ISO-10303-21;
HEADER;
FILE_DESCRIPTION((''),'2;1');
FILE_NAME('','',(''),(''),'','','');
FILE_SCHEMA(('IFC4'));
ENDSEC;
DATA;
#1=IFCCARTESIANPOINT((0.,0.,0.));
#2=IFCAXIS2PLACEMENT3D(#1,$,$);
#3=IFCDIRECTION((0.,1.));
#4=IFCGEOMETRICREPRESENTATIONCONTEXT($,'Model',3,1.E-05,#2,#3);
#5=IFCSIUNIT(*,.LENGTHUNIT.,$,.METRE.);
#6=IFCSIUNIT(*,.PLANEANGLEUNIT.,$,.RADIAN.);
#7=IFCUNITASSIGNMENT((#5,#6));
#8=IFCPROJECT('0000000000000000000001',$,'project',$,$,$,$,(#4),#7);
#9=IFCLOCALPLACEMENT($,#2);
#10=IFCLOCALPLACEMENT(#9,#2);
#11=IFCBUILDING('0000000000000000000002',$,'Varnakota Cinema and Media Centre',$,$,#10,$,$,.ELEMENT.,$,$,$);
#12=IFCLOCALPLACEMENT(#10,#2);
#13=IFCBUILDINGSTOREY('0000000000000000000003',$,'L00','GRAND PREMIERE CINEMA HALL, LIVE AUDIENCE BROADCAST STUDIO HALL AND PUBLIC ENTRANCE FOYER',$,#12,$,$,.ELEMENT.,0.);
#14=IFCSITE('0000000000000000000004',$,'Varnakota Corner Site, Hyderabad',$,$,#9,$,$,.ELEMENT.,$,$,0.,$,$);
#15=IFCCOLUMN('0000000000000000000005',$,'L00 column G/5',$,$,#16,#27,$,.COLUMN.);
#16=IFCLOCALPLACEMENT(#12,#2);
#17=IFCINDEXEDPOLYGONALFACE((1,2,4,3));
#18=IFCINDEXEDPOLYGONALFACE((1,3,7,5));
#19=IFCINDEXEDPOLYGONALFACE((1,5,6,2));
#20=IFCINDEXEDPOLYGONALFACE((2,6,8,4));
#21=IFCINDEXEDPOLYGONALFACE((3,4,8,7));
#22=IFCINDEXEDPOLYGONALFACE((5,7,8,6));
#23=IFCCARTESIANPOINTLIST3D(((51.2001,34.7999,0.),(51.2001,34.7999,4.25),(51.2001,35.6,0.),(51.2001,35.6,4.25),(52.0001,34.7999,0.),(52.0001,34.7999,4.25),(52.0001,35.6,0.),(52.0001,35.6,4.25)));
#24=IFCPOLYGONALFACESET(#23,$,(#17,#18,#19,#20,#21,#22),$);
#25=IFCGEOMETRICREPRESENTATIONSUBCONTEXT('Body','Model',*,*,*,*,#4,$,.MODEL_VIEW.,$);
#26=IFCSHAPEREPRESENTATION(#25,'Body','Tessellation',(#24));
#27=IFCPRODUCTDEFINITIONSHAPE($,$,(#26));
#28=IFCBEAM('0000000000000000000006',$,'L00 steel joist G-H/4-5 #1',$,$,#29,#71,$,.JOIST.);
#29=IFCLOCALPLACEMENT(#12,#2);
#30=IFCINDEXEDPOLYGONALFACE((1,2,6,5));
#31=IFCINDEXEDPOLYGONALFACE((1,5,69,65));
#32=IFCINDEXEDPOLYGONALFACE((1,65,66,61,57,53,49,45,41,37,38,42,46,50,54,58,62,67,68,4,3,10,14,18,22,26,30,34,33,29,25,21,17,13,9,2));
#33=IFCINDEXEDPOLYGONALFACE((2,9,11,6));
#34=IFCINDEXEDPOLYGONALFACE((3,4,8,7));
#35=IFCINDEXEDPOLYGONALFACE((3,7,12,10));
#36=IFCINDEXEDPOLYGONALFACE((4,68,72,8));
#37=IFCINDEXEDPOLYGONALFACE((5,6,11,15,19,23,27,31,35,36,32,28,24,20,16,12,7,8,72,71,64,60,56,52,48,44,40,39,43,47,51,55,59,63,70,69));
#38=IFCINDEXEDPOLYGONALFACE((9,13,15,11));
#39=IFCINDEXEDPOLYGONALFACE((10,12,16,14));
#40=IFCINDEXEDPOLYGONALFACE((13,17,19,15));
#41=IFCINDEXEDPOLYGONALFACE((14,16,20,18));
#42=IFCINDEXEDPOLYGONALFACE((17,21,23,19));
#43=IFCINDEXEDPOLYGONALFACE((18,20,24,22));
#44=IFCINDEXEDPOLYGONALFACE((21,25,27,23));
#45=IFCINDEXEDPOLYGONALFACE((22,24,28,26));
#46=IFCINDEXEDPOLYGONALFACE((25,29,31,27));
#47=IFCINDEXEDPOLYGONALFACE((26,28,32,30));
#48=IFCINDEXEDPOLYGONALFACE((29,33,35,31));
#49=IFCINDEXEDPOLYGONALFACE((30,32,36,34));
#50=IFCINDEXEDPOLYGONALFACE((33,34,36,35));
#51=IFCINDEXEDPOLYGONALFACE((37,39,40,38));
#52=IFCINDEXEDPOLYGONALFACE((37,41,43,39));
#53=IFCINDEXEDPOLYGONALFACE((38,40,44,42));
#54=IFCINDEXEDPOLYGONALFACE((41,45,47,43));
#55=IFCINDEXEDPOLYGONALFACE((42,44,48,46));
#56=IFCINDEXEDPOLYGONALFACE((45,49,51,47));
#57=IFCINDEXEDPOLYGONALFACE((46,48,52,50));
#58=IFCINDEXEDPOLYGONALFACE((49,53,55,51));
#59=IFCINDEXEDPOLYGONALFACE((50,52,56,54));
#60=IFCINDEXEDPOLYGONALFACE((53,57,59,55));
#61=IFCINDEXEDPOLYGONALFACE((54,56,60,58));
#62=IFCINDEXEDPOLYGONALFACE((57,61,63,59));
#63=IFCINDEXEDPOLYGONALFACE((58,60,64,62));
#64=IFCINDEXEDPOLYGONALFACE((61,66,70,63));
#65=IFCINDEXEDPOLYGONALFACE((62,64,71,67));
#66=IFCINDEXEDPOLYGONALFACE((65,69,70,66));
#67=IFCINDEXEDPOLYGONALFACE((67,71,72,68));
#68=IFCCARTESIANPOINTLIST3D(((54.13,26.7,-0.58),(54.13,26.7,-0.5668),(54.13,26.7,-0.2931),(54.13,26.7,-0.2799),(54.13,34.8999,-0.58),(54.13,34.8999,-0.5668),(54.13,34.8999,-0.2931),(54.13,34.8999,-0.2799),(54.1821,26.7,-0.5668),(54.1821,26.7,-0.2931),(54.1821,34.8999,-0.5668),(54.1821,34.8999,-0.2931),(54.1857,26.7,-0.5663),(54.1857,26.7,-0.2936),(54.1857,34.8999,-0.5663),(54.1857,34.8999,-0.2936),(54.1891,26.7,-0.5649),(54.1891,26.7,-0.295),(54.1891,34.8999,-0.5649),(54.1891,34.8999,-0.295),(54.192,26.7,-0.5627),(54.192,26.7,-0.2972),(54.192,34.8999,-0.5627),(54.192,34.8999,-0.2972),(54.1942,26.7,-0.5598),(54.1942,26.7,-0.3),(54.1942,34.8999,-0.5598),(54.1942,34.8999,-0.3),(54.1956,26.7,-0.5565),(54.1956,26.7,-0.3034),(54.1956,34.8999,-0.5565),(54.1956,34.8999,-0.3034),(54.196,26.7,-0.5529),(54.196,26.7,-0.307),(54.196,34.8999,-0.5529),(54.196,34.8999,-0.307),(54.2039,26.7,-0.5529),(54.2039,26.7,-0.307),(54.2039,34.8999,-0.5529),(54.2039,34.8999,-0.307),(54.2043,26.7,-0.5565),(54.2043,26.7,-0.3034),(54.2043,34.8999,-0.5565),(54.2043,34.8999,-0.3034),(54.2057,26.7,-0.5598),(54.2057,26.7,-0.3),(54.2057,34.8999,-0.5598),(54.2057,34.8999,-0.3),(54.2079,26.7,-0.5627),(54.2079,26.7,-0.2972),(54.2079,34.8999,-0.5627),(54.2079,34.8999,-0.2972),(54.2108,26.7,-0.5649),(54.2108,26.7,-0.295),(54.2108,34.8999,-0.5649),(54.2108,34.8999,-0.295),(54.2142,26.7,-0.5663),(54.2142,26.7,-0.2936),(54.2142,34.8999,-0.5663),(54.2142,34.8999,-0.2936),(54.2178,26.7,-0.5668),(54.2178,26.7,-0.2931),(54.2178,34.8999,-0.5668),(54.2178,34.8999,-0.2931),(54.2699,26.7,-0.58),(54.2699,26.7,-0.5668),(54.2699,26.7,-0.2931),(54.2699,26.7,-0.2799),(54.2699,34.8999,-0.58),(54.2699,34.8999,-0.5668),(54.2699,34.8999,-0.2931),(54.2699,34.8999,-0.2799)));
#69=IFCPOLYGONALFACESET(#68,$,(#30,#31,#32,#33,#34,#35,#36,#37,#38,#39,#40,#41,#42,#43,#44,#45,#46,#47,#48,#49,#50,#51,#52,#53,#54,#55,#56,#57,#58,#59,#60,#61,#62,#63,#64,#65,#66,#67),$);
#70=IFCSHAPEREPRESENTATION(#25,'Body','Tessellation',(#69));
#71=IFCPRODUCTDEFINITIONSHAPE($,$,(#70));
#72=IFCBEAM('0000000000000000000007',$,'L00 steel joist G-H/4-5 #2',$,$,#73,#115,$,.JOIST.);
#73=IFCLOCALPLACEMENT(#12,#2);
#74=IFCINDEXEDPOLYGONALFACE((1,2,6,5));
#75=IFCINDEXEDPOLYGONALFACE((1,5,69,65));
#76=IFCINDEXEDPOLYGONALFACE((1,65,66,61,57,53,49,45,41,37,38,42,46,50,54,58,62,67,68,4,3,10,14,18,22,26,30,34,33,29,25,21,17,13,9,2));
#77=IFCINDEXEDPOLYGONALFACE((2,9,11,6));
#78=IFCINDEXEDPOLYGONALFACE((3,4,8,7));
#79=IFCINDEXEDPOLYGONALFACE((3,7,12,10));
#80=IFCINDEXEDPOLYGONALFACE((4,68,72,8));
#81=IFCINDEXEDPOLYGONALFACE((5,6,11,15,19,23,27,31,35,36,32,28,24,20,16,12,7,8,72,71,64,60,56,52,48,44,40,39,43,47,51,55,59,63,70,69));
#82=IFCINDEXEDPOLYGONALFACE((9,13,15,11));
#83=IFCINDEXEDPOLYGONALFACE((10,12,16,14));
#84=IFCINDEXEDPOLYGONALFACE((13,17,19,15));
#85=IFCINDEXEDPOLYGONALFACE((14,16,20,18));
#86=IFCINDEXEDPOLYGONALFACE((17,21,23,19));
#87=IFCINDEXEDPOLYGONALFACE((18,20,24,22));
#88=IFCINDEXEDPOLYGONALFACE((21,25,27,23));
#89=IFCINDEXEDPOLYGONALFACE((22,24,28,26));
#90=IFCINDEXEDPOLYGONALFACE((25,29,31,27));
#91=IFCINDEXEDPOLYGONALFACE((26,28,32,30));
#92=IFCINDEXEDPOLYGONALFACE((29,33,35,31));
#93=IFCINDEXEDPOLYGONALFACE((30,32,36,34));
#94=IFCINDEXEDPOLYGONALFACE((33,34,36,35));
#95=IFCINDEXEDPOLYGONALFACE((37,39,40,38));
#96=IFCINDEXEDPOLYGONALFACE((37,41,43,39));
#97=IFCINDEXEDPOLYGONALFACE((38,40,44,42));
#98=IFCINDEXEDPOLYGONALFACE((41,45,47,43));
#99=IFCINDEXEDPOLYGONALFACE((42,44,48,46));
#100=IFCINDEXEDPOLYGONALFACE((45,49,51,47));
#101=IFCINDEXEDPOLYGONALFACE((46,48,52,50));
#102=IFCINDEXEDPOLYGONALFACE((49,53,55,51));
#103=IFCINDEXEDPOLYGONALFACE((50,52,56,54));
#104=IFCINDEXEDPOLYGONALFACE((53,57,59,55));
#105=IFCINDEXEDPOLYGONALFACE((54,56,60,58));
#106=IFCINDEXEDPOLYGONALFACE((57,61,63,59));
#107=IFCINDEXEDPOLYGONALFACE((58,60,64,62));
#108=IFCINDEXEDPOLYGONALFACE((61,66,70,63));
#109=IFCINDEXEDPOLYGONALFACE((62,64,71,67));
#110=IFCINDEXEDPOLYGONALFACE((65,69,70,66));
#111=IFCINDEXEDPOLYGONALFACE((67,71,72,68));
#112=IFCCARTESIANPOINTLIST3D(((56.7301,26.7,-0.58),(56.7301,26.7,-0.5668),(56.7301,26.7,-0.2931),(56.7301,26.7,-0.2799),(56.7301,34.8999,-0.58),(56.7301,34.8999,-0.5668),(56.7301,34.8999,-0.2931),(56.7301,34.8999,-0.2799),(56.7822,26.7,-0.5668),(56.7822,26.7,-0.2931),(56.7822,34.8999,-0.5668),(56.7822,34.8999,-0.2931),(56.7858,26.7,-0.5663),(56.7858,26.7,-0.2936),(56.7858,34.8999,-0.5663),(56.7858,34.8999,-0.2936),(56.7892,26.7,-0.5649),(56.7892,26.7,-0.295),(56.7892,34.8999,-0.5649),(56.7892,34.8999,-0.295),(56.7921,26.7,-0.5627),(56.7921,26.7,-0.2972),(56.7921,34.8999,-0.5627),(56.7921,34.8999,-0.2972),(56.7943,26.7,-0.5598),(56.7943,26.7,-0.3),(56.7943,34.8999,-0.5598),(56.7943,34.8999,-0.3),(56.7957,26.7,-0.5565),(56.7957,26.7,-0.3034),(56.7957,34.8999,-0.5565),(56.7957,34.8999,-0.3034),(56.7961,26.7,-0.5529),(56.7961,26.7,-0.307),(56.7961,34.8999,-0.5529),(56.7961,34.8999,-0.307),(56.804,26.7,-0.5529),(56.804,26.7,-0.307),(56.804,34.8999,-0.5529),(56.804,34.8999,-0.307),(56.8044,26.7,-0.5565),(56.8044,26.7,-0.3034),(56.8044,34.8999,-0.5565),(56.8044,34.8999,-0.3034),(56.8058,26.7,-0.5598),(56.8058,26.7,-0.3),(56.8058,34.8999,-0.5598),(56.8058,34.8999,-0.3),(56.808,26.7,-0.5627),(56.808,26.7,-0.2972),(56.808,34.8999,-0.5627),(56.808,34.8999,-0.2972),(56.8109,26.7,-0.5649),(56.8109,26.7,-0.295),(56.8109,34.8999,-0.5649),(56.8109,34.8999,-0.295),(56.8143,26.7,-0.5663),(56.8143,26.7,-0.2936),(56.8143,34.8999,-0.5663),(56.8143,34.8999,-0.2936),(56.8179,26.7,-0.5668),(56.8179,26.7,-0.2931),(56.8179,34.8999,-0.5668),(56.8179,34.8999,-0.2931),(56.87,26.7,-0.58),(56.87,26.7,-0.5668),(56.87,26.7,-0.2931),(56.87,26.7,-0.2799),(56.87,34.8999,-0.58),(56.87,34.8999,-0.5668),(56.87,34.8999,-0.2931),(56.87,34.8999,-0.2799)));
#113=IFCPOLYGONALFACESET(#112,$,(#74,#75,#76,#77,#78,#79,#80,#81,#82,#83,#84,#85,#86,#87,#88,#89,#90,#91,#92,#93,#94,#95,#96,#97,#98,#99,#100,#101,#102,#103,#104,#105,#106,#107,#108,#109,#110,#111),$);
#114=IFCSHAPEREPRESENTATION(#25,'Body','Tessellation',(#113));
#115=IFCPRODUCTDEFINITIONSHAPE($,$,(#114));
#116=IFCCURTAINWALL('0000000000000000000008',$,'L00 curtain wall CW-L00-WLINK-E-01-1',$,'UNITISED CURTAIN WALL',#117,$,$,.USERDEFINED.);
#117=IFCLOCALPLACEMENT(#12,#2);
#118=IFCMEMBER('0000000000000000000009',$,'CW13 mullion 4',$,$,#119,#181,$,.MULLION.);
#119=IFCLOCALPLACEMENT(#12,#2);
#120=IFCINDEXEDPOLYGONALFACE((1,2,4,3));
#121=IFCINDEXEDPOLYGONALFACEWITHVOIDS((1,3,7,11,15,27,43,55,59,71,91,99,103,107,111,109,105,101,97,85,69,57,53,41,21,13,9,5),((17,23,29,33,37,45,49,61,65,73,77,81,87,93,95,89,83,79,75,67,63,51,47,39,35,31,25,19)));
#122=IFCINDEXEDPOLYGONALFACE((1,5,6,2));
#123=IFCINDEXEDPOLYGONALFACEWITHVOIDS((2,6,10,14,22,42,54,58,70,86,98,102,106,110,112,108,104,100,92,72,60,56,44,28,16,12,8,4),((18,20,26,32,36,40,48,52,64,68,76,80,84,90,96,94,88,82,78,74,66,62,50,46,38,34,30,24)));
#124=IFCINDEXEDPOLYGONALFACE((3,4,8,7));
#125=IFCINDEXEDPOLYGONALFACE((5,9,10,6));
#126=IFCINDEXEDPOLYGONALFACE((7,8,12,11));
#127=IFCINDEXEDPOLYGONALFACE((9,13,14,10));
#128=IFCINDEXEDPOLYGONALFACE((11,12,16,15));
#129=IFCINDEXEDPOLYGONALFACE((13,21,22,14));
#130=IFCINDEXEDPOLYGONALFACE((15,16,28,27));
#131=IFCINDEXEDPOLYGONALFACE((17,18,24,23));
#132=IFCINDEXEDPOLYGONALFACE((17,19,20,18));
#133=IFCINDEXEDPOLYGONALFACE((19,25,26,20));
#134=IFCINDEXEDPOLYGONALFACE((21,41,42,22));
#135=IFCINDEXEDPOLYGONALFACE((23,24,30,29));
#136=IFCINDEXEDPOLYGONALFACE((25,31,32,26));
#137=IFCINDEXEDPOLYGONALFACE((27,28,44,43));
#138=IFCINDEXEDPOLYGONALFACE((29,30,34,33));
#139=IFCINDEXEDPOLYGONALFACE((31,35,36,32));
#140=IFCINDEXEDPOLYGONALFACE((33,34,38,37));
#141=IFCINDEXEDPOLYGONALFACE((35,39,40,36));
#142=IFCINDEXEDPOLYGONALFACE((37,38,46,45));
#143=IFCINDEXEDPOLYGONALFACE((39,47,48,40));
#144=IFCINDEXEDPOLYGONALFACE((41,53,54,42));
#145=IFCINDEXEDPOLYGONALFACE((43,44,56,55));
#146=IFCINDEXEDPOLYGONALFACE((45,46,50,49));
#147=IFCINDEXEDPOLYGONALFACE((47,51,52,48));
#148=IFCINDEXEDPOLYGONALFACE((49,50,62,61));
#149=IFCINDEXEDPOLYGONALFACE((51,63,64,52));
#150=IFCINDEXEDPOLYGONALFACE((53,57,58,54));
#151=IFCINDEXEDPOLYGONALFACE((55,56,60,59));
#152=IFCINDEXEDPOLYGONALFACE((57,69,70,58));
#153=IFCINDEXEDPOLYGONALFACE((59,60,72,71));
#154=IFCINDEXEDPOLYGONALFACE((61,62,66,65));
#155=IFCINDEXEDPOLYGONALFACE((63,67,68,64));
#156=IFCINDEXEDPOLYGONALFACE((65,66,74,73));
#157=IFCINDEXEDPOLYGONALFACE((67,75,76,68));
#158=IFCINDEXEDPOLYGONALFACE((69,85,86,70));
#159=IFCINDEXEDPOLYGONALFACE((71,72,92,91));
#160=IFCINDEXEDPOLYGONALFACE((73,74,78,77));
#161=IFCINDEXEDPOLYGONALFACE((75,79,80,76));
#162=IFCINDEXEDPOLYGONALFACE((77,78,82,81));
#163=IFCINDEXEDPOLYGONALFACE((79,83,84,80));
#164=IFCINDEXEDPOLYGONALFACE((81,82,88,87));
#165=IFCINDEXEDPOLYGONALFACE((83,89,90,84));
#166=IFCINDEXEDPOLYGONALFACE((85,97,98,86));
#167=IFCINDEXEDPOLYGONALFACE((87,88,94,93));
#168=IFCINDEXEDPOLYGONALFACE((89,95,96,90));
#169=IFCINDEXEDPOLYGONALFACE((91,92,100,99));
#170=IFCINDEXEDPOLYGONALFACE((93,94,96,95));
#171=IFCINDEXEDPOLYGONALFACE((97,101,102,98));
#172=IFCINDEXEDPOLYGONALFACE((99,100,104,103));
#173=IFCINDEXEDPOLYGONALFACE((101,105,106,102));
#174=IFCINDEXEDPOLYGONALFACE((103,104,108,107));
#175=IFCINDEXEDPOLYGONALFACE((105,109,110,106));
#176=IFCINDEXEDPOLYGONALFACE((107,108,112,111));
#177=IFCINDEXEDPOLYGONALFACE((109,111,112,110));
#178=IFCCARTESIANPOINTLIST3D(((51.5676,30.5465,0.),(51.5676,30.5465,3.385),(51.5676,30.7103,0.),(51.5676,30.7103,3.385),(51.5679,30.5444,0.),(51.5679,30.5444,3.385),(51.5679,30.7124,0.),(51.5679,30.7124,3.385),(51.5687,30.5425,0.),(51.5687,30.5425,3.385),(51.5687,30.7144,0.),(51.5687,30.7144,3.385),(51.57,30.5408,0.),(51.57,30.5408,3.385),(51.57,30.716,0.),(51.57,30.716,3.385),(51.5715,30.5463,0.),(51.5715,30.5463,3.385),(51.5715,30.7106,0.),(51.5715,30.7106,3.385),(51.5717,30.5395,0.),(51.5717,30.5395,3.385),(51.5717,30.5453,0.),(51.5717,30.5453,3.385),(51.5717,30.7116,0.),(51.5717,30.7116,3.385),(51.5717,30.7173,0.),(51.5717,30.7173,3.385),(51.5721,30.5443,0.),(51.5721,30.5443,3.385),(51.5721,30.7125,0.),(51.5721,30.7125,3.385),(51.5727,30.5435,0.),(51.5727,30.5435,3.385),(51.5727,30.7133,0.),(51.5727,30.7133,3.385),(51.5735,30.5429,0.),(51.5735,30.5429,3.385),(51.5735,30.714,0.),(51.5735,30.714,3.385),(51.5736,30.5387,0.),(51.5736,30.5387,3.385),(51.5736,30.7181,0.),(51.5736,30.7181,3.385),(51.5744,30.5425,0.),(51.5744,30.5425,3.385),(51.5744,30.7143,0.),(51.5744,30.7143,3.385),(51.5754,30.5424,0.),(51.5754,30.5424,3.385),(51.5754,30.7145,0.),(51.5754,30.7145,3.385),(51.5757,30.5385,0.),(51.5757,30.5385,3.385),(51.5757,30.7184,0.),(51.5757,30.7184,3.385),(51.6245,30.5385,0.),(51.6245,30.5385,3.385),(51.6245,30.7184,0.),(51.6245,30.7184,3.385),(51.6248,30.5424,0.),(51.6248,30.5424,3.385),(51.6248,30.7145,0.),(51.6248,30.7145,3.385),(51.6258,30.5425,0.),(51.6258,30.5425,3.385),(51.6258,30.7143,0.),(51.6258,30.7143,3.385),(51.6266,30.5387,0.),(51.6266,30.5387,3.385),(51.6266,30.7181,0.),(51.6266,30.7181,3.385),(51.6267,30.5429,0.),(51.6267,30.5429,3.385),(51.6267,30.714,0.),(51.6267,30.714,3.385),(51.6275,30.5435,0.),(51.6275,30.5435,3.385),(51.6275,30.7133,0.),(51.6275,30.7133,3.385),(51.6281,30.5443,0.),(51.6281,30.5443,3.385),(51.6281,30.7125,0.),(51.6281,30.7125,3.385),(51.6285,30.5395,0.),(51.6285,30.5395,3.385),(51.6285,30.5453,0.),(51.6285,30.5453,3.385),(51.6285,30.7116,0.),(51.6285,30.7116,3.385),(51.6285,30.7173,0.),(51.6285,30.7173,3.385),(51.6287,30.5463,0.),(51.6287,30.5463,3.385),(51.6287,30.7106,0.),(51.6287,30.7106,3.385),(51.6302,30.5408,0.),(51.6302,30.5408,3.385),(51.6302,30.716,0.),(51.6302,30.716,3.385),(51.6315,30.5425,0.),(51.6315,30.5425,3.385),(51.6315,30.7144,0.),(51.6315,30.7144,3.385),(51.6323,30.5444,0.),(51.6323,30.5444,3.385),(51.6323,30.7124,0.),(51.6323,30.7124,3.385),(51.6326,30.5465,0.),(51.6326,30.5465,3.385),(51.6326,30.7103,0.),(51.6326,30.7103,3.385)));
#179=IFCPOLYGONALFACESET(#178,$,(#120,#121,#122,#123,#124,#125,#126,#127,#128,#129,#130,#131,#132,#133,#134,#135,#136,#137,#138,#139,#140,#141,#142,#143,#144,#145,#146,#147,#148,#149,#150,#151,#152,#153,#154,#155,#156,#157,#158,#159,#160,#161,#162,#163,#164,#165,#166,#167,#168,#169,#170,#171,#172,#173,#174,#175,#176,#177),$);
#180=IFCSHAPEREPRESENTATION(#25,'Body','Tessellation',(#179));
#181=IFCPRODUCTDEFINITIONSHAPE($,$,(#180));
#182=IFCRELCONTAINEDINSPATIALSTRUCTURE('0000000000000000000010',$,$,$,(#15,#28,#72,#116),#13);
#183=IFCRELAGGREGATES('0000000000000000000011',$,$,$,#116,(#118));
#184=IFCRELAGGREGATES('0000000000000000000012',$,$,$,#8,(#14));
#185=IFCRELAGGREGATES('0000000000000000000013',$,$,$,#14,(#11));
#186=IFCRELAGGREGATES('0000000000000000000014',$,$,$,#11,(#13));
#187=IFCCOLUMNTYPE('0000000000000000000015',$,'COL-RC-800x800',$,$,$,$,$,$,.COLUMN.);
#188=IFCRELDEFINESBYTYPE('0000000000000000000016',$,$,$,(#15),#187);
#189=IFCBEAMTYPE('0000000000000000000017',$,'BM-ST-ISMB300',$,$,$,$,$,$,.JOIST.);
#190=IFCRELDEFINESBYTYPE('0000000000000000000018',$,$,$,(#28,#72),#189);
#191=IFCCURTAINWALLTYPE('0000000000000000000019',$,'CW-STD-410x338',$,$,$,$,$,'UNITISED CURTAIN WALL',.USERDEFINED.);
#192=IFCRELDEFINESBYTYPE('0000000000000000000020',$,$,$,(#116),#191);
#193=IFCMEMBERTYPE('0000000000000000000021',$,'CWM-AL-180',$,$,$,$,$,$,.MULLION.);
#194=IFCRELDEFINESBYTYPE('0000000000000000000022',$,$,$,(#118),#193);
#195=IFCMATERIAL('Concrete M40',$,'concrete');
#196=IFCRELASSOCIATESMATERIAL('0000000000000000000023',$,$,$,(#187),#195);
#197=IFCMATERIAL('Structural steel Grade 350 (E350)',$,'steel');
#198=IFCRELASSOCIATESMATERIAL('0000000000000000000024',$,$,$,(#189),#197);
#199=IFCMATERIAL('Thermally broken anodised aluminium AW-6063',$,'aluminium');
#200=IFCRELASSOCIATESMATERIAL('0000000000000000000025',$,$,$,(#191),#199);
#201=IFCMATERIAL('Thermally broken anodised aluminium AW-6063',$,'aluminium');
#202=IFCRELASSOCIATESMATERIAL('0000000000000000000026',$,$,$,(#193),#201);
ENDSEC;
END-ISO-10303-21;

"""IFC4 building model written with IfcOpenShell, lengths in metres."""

from ifc_helpers import new_model, si_unit, direction, frame, origin, origin_2d, place, context, subcontext, project, spatial, rectangle, hollow_rectangle, i_section, extrude, material, material_profile, profile_set, type_object, element, aggregate, save


model = new_model("IFC4")

# Units and contexts
model_context = context("Model", 3, precision=1e-05, world=origin(), true_north=direction((0.0, 1.0)))
body_context = subcontext(model_context, "Body", "Model", "MODEL_VIEW")
ifc_project = project(units=[si_unit("LENGTHUNIT", "METRE"), si_unit("PLANEANGLEUNIT", "RADIAN")], contexts=[model_context])

# Site, building, storey
site_placement = place(None, origin())
site = spatial("IfcSite", under=ifc_project, at=site_placement, Name="Varnakota Corner Site, Hyderabad", CompositionType="ELEMENT", RefElevation=0.0)
building_placement = place(site_placement, origin())
building = spatial("IfcBuilding", under=site, at=building_placement, Name="Varnakota Cinema and Media Centre", CompositionType="ELEMENT")
storey_placement = place(building_placement, origin())
storey = spatial("IfcBuildingStorey", under=building, at=storey_placement, Name="L00", Description="GRAND PREMIERE CINEMA HALL, LIVE AUDIENCE BROADCAST STUDIO HALL AND PUBLIC ENTRANCE FOYER", CompositionType="ELEMENT", Elevation=0.0)

# Column
ifc_material_1 = material(Name="Concrete M40", Category="concrete")
ifc_material_profile_1 = material_profile(ifc_material_1, rectangle(XDim=0.8, YDim=0.8, at=origin_2d()), Name="RC 800x800")
ifc_profile_set_1 = profile_set([ifc_material_profile_1], Name="Concrete M40")
column_type = type_object("IfcColumnType", Name="COL-RC-800x800", PredefinedType="COLUMN", material=ifc_profile_set_1)
column_placement = place(storey_placement, frame((51.6001, 35.2, 0.0), z_axis=(0.0, 0.0, 1.0), x_axis=(1.0, 0.0, 0.0)))
element("IfcColumn", 1, at=column_placement, inside=storey, type_object=column_type, Name="L00 column G/5", PredefinedType="COLUMN", context=body_context, shape_type="SweptSolid", body=[
    extrude(rectangle(XDim=0.8, YDim=0.8, at=origin_2d()), origin(), (0.0, 0.0, 1.0), 4.25),
])

# Beams
ifc_material_2 = material(Name="Structural steel Grade 350 (E350)", Category="steel")
ifc_material_profile_2 = material_profile(ifc_material_2, i_section(OverallWidth=0.1399, OverallDepth=0.3, WebThickness=0.0078, FlangeThickness=0.0132, FilletRadius=0.0139, at=origin_2d()), Name="ISMB 300")
ifc_profile_set_2 = profile_set([ifc_material_profile_2], Name="Structural steel Grade 350 (E350)")
beam_type = type_object("IfcBeamType", Name="BM-ST-ISMB300", PredefinedType="JOIST", material=ifc_profile_set_2)
for number, where, z_axis, x_axis, name in (
    (2, (54.2, 26.7, -0.4299), (0.0, 1.0, 0.0), (-1.0, 0.0, 0.0), "L00 steel joist G-H/4-5 #1"),
    (3, (56.8, 26.7, -0.4299), (0.0, 1.0, 0.0), (-1.0, 0.0, 0.0), "L00 steel joist G-H/4-5 #2"),
):
    element("IfcBeam", number, at=place(storey_placement, frame(where, z_axis=z_axis, x_axis=x_axis)), inside=storey, type_object=beam_type, Name=name, PredefinedType="JOIST", context=body_context, shape_type="SweptSolid", body=[
        extrude(i_section(OverallWidth=0.1399, OverallDepth=0.3, WebThickness=0.0078, FlangeThickness=0.0132, FilletRadius=0.0139, at=origin_2d()), origin(), (0.0, 0.0, 1.0), 8.2),
    ])

# Curtain wall, member
ifc_material_3 = material(Name="Thermally broken anodised aluminium AW-6063", Category="aluminium")
curtain_wall_type = type_object("IfcCurtainWallType", Name="CW-STD-410x338", ElementType="UNITISED CURTAIN WALL", PredefinedType="USERDEFINED", material=ifc_material_3)
curtain_wall_1_placement = place(storey_placement, origin())
curtain_wall_1 = element("IfcCurtainWall", 4, at=curtain_wall_1_placement, inside=storey, type_object=curtain_wall_type, Name="L00 curtain wall CW-L00-WLINK-E-01-1", ObjectType="UNITISED CURTAIN WALL", PredefinedType="USERDEFINED")
ifc_material_4 = material(Name="Thermally broken anodised aluminium AW-6063", Category="aluminium")
ifc_material_profile_3 = material_profile(ifc_material_4, hollow_rectangle(XDim=0.0649, YDim=0.1799, WallThickness=0.0039, InnerFilletRadius=0.0039, OuterFilletRadius=0.0081, at=origin_2d()), Name="AL-MULLION 180x65x4")
ifc_profile_set_3 = profile_set([ifc_material_profile_3], Name="Thermally broken anodised aluminium AW-6063")
member_type_1 = type_object("IfcMemberType", Name="CWM-AL-180", PredefinedType="MULLION", material=ifc_profile_set_3)
member_1_placement = place(storey_placement, frame((51.6001, 30.6284, 0.0), z_axis=(0.0, 0.0, 1.0), x_axis=(-1.0, 0.0, 0.0)))
member_1 = element("IfcMember", 5, at=member_1_placement, type_object=member_type_1, Name="CW13 mullion 4", PredefinedType="MULLION", context=body_context, shape_type="SweptSolid", body=[
    extrude(hollow_rectangle(XDim=0.0649, YDim=0.1799, WallThickness=0.0039, InnerFilletRadius=0.0039, OuterFilletRadius=0.0081, at=origin_2d()), origin(), (0.0, 0.0, 1.0), 3.385),
])
aggregate(curtain_wall_1, [member_1])

save(model, "model.ifc")
